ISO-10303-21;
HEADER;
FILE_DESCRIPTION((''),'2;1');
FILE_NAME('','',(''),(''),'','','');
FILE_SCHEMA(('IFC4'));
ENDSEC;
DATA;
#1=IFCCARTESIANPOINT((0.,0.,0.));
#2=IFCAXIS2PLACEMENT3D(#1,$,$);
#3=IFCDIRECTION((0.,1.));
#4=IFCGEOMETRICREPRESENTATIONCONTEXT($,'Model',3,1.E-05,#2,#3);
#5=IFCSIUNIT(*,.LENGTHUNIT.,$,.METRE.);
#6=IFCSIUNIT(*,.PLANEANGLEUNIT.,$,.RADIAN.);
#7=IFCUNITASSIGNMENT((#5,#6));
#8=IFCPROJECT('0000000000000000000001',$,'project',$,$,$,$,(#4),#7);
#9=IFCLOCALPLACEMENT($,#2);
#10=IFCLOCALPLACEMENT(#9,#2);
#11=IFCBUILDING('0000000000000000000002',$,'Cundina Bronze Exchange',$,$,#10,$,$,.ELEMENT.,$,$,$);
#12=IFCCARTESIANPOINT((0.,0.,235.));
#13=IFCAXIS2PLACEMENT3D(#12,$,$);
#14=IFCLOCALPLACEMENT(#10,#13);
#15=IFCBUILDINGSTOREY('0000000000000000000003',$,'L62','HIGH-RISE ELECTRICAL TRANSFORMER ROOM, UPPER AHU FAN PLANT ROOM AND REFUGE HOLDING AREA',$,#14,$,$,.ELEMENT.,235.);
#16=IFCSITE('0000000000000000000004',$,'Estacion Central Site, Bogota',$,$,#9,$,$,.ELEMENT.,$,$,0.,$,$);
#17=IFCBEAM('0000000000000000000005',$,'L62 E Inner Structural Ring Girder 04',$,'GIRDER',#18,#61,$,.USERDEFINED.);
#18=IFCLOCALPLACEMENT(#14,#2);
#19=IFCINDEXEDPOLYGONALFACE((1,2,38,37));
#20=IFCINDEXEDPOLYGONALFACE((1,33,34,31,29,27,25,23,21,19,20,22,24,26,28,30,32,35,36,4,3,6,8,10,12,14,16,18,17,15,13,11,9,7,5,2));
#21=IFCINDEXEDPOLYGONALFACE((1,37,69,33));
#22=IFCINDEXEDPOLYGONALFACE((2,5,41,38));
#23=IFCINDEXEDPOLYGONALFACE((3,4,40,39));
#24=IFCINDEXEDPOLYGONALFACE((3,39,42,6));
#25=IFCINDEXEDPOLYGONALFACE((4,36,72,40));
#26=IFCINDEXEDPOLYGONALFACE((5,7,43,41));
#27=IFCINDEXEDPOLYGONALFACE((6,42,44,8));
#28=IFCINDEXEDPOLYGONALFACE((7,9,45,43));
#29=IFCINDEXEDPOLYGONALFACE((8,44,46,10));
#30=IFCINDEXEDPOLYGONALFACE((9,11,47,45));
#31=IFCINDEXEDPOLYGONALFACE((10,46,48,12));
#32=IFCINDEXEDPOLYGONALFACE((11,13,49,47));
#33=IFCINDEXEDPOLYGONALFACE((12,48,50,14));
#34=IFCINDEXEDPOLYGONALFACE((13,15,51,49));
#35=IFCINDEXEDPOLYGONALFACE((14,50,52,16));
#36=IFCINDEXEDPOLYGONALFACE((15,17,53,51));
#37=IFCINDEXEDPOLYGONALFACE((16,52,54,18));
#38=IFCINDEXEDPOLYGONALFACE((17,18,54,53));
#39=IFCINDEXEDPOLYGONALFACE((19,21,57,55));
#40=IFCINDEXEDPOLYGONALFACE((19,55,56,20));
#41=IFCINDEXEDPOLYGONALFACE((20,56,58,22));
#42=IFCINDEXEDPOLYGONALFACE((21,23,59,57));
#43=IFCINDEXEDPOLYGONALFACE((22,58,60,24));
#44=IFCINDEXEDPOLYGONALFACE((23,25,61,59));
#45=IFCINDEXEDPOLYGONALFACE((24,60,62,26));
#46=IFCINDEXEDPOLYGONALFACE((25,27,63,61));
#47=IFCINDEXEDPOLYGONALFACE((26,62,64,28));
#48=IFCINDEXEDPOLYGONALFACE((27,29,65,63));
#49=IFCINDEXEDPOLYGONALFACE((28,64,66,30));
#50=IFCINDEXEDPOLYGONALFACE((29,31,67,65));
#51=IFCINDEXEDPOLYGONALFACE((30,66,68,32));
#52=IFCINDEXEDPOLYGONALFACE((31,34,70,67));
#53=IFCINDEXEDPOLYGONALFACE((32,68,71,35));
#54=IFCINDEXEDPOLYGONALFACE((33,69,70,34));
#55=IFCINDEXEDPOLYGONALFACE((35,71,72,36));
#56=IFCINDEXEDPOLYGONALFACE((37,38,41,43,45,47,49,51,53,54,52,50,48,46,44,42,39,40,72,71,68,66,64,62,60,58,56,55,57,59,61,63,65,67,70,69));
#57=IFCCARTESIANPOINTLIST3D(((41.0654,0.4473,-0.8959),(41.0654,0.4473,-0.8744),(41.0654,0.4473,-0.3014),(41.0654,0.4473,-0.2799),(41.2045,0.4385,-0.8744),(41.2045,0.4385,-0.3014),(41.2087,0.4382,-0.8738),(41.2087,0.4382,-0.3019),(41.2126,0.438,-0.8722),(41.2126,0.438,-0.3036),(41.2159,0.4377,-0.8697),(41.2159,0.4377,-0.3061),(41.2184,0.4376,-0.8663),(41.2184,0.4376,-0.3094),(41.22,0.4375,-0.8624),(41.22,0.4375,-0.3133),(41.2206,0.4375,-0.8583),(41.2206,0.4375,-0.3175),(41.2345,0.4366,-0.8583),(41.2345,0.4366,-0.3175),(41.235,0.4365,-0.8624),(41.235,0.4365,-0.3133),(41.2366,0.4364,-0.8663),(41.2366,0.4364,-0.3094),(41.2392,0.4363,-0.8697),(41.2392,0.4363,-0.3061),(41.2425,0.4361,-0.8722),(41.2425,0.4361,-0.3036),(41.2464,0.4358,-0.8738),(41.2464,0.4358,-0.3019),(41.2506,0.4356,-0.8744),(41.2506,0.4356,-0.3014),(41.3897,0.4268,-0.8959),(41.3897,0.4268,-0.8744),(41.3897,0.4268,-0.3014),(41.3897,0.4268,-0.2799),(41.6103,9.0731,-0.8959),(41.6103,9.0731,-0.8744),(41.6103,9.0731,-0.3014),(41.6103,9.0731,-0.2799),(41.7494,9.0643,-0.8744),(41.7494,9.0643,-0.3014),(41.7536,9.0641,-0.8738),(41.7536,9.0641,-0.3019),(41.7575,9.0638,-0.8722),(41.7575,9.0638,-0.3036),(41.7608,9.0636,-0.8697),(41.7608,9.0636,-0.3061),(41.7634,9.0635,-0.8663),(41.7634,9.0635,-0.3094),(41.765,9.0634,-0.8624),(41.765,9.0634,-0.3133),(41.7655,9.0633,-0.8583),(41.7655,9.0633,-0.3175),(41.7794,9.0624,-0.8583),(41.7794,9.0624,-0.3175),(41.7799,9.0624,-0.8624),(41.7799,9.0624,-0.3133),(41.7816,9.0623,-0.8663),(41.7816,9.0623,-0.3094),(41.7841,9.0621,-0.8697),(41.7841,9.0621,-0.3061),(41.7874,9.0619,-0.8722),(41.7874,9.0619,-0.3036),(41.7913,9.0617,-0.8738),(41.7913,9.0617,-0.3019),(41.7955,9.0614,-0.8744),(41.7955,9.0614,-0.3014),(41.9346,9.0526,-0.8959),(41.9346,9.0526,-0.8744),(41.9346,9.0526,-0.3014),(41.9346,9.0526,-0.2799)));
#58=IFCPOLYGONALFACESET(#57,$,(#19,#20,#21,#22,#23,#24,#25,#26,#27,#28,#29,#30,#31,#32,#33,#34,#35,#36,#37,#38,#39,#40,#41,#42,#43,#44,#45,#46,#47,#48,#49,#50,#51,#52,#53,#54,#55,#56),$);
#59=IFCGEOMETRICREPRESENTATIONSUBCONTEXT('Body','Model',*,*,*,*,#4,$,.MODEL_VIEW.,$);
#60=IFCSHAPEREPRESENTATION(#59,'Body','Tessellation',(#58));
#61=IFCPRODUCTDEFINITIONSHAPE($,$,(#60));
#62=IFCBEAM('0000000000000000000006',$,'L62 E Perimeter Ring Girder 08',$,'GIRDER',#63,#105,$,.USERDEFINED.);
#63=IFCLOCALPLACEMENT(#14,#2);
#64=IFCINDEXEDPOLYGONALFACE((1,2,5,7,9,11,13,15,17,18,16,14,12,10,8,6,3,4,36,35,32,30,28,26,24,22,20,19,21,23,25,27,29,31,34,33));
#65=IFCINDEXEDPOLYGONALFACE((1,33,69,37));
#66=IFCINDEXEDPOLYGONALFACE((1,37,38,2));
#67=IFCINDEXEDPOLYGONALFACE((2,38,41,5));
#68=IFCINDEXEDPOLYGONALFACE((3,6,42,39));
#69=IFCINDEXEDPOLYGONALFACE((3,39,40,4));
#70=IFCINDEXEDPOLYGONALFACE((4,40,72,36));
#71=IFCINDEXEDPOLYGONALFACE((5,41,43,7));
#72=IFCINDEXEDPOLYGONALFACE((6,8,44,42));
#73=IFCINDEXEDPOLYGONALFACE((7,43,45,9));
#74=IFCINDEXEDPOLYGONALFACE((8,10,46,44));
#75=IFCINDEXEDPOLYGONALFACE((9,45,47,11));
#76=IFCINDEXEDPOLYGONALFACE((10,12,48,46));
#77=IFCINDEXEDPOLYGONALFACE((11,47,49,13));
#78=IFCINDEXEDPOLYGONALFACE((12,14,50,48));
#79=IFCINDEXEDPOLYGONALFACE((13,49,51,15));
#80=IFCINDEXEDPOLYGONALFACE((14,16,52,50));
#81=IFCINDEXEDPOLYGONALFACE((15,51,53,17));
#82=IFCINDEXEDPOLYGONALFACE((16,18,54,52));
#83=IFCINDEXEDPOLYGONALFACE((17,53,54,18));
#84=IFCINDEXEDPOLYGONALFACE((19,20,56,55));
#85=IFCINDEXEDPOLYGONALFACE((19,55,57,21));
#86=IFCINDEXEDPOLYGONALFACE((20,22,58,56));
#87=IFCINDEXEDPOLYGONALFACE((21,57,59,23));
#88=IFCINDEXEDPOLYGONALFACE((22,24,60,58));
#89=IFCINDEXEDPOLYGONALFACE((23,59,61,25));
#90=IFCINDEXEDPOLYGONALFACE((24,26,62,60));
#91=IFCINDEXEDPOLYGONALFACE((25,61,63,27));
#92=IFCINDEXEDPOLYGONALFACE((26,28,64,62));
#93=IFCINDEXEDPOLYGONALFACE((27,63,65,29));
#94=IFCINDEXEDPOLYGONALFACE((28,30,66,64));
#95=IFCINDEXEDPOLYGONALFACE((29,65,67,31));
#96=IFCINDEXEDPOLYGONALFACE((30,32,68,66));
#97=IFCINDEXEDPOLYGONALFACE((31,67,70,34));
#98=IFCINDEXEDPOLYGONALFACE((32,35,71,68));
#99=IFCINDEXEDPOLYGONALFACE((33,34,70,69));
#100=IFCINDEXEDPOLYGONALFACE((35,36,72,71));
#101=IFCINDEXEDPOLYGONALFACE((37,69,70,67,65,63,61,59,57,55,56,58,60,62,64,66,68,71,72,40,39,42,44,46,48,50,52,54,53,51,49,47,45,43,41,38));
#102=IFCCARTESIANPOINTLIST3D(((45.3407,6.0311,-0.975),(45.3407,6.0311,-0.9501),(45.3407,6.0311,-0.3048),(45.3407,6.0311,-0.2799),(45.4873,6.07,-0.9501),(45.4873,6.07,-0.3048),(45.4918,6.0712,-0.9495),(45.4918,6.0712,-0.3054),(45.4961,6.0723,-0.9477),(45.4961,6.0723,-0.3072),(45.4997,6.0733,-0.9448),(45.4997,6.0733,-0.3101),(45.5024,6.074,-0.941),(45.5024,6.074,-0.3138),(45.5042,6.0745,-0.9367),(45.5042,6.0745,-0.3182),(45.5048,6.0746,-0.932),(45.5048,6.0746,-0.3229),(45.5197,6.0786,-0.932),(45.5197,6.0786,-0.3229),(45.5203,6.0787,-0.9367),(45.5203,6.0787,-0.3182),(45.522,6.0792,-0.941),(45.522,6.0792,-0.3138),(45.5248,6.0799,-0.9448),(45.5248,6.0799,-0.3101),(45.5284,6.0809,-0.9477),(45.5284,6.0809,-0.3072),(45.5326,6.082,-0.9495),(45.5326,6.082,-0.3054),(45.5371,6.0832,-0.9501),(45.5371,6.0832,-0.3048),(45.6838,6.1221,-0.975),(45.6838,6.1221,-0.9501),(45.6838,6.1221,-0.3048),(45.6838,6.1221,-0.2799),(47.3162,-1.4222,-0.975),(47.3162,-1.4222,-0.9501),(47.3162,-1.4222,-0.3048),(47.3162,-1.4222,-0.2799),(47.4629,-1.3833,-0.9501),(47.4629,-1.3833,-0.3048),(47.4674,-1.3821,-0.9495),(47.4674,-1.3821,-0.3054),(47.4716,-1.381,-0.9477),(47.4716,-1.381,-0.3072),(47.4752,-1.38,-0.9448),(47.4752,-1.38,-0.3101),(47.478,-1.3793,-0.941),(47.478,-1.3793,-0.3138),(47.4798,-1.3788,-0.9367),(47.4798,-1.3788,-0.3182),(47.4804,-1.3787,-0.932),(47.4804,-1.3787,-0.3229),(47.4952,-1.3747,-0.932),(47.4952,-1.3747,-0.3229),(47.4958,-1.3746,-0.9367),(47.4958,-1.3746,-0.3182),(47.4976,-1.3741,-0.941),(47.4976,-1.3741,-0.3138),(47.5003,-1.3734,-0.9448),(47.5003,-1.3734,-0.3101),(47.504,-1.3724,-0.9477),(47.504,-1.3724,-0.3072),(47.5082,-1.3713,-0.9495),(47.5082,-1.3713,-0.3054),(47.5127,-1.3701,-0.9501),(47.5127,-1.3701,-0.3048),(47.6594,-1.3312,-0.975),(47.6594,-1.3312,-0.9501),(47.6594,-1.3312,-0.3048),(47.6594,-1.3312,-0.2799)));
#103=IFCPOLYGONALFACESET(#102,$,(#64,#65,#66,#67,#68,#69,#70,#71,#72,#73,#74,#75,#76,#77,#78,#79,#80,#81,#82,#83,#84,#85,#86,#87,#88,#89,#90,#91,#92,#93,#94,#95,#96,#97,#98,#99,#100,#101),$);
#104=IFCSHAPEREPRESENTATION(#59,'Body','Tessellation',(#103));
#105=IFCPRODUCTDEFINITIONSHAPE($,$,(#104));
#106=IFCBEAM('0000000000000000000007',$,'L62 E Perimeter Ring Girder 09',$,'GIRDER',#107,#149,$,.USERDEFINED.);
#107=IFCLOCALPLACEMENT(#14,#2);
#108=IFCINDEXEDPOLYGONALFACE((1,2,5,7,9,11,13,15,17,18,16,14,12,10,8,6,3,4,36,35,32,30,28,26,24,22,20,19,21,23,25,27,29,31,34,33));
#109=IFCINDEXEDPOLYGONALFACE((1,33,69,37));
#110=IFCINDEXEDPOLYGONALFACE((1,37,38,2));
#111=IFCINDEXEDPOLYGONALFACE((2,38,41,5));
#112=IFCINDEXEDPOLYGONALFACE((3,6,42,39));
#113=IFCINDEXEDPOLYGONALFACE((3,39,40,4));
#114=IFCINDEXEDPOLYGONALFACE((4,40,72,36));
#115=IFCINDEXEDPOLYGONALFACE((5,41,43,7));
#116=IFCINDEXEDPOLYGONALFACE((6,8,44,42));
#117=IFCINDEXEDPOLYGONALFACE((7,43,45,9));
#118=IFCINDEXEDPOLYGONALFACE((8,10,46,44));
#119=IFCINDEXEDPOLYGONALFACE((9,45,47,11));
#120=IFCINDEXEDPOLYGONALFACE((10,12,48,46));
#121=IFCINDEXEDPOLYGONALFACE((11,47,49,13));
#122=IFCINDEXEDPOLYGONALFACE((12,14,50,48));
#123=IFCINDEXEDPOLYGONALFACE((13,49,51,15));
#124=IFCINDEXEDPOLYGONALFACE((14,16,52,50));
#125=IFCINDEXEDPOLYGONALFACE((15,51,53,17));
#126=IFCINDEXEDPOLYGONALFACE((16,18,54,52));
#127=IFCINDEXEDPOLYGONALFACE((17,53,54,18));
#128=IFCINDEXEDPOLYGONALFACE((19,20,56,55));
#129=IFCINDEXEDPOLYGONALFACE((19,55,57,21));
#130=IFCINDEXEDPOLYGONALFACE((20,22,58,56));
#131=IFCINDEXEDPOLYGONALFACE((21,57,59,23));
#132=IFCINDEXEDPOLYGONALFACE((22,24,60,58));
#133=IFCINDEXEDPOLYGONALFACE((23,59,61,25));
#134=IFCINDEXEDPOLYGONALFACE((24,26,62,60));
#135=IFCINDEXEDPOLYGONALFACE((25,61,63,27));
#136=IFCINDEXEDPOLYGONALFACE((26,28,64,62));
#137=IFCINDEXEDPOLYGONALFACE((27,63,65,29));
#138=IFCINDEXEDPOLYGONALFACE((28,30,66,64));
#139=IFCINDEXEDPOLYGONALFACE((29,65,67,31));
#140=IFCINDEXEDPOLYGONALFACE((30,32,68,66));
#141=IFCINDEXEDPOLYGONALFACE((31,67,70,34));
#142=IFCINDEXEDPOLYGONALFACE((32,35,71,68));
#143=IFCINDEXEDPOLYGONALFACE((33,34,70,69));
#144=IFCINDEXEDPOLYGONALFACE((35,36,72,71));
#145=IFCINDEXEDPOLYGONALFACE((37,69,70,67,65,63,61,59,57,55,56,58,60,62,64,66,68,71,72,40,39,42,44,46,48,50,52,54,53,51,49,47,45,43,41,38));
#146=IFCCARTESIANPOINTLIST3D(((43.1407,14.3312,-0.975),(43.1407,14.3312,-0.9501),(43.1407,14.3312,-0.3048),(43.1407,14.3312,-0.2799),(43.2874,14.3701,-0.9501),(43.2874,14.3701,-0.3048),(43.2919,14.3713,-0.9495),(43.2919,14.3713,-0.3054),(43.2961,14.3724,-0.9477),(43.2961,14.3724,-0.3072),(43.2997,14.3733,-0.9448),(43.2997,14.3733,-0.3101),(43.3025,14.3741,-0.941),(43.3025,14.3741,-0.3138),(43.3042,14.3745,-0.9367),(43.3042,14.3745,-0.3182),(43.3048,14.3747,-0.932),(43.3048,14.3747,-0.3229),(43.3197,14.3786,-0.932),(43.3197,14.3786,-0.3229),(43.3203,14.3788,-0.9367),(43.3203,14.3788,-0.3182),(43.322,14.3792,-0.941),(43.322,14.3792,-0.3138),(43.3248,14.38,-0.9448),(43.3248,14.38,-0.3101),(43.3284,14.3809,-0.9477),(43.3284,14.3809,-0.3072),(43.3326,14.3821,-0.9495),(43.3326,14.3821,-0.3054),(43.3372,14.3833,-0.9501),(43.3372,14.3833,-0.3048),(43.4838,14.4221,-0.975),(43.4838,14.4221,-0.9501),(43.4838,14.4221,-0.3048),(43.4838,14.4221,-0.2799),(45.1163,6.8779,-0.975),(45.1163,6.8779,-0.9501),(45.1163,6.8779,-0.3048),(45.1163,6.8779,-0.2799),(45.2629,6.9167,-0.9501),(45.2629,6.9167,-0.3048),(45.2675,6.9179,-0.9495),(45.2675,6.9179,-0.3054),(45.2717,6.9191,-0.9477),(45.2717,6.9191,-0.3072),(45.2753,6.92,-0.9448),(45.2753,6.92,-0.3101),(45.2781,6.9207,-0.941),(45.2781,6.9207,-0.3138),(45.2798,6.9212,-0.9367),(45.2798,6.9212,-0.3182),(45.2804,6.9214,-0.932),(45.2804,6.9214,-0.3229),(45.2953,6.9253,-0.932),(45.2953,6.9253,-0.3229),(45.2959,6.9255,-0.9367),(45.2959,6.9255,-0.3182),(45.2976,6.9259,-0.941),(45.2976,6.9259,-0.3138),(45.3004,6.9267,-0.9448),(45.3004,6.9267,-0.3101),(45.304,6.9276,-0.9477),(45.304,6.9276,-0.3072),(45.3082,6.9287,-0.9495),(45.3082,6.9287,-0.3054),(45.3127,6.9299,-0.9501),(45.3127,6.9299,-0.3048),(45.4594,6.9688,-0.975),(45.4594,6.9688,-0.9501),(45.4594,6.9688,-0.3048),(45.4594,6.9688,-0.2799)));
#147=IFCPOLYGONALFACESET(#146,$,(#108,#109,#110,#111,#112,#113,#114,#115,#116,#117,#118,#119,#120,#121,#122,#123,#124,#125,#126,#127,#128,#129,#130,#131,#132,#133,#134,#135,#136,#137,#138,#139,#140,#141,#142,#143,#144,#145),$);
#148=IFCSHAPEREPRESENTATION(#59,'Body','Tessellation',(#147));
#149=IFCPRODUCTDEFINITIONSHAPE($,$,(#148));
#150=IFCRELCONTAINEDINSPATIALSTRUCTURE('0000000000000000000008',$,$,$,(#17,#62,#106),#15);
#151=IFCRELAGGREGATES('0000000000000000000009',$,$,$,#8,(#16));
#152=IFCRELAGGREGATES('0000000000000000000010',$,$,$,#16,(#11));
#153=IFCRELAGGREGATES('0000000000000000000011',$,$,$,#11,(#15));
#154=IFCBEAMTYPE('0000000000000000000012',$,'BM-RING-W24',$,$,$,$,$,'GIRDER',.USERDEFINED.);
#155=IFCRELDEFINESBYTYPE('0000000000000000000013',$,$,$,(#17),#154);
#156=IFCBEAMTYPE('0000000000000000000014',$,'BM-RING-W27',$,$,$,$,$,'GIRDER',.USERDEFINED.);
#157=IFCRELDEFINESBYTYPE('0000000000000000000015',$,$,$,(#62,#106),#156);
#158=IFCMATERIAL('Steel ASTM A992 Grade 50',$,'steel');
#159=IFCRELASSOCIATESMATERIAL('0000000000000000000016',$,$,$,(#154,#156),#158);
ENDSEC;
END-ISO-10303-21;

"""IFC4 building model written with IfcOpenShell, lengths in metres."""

from ifc_helpers import new_model, si_unit, direction, frame, origin, origin_2d, place, context, subcontext, project, spatial, i_section, extrude, material, material_profile, profile_set, type_object, element, save


model = new_model("IFC4")

# Units and contexts
model_context = context("Model", 3, precision=1e-05, world=origin(), true_north=direction((0.0, 1.0)))
body_context = subcontext(model_context, "Body", "Model", "MODEL_VIEW")
ifc_project = project(units=[si_unit("LENGTHUNIT", "METRE"), si_unit("PLANEANGLEUNIT", "RADIAN")], contexts=[model_context])

# Site, building, storey
site_placement = place(None, origin())
site = spatial("IfcSite", under=ifc_project, at=site_placement, Name="Estacion Central Site, Bogota", CompositionType="ELEMENT", RefElevation=0.0)
building_placement = place(site_placement, origin())
building = spatial("IfcBuilding", under=site, at=building_placement, Name="Cundina Bronze Exchange", CompositionType="ELEMENT")
storey_placement = place(building_placement, frame((0.0, 0.0, 235.0)))
storey = spatial("IfcBuildingStorey", under=building, at=storey_placement, Name="L62", Description="HIGH-RISE ELECTRICAL TRANSFORMER ROOM, UPPER AHU FAN PLANT ROOM AND REFUGE HOLDING AREA", CompositionType="ELEMENT", Elevation=235.0)

# Beams
ifc_material_1 = material(Name="Steel ASTM A992 Grade 50", Category="steel")
ifc_material_profile_1 = material_profile(ifc_material_1, i_section(OverallWidth=0.325, OverallDepth=0.616, WebThickness=0.0139, FlangeThickness=0.0215, FilletRadius=0.0161, at=origin_2d()), Name="W24X117", Category="steel")
ifc_profile_set_1 = profile_set([ifc_material_profile_1], Name="Steel ASTM A992 Grade 50")
beam_type_1 = type_object("IfcBeamType", Name="BM-RING-W24", ElementType="GIRDER", PredefinedType="USERDEFINED", material=ifc_profile_set_1)
beam_1_placement = place(storey_placement, frame((41.2275, 0.437, -0.5879), z_axis=(0.063047, 0.998011, 0.0), x_axis=(-0.998011, 0.063047, 0.0)))
element("IfcBeam", 1, at=beam_1_placement, inside=storey, type_object=beam_type_1, Name="L62 E Inner Structural Ring Girder 04", ObjectType="GIRDER", PredefinedType="USERDEFINED", context=body_context, shape_type="SweptSolid", body=[
    extrude(i_section(OverallWidth=0.325, OverallDepth=0.616, WebThickness=0.0139, FlangeThickness=0.0215, FilletRadius=0.0161, at=origin_2d()), origin(), (0.0, 0.0, 1.0), 8.6431),
])
ifc_material_profile_2 = material_profile(ifc_material_1, i_section(OverallWidth=0.355, OverallDepth=0.6951, WebThickness=0.0154, FlangeThickness=0.0249, FilletRadius=0.0181, at=origin_2d()), Name="W27X146", Category="steel")
ifc_profile_set_2 = profile_set([ifc_material_profile_2], Name="Steel ASTM A992 Grade 50")
beam_type_2 = type_object("IfcBeamType", Name="BM-RING-W27", ElementType="GIRDER", PredefinedType="USERDEFINED", material=ifc_profile_set_2)
for number, where, z_axis, x_axis, name in (
    (2, (47.4878, -1.3767, -0.6274), (-0.256212, 0.966621, 0.0), (-0.966621, -0.256212, 0.0), "L62 E Perimeter Ring Girder 08"),
    (3, (45.2878, 6.9233, -0.6274), (-0.256212, 0.966621, 0.0), (-0.966621, -0.256212, 0.0), "L62 E Perimeter Ring Girder 09"),
):
    element("IfcBeam", number, at=place(storey_placement, frame(where, z_axis=z_axis, x_axis=x_axis)), inside=storey, type_object=beam_type_2, Name=name, ObjectType="GIRDER", PredefinedType="USERDEFINED", context=body_context, shape_type="SweptSolid", body=[
        extrude(i_section(OverallWidth=0.355, OverallDepth=0.6951, WebThickness=0.0154, FlangeThickness=0.0249, FilletRadius=0.0181, at=origin_2d()), origin(), (0.0, 0.0, 1.0), 7.7107),
    ])

save(model, "model.ifc")
